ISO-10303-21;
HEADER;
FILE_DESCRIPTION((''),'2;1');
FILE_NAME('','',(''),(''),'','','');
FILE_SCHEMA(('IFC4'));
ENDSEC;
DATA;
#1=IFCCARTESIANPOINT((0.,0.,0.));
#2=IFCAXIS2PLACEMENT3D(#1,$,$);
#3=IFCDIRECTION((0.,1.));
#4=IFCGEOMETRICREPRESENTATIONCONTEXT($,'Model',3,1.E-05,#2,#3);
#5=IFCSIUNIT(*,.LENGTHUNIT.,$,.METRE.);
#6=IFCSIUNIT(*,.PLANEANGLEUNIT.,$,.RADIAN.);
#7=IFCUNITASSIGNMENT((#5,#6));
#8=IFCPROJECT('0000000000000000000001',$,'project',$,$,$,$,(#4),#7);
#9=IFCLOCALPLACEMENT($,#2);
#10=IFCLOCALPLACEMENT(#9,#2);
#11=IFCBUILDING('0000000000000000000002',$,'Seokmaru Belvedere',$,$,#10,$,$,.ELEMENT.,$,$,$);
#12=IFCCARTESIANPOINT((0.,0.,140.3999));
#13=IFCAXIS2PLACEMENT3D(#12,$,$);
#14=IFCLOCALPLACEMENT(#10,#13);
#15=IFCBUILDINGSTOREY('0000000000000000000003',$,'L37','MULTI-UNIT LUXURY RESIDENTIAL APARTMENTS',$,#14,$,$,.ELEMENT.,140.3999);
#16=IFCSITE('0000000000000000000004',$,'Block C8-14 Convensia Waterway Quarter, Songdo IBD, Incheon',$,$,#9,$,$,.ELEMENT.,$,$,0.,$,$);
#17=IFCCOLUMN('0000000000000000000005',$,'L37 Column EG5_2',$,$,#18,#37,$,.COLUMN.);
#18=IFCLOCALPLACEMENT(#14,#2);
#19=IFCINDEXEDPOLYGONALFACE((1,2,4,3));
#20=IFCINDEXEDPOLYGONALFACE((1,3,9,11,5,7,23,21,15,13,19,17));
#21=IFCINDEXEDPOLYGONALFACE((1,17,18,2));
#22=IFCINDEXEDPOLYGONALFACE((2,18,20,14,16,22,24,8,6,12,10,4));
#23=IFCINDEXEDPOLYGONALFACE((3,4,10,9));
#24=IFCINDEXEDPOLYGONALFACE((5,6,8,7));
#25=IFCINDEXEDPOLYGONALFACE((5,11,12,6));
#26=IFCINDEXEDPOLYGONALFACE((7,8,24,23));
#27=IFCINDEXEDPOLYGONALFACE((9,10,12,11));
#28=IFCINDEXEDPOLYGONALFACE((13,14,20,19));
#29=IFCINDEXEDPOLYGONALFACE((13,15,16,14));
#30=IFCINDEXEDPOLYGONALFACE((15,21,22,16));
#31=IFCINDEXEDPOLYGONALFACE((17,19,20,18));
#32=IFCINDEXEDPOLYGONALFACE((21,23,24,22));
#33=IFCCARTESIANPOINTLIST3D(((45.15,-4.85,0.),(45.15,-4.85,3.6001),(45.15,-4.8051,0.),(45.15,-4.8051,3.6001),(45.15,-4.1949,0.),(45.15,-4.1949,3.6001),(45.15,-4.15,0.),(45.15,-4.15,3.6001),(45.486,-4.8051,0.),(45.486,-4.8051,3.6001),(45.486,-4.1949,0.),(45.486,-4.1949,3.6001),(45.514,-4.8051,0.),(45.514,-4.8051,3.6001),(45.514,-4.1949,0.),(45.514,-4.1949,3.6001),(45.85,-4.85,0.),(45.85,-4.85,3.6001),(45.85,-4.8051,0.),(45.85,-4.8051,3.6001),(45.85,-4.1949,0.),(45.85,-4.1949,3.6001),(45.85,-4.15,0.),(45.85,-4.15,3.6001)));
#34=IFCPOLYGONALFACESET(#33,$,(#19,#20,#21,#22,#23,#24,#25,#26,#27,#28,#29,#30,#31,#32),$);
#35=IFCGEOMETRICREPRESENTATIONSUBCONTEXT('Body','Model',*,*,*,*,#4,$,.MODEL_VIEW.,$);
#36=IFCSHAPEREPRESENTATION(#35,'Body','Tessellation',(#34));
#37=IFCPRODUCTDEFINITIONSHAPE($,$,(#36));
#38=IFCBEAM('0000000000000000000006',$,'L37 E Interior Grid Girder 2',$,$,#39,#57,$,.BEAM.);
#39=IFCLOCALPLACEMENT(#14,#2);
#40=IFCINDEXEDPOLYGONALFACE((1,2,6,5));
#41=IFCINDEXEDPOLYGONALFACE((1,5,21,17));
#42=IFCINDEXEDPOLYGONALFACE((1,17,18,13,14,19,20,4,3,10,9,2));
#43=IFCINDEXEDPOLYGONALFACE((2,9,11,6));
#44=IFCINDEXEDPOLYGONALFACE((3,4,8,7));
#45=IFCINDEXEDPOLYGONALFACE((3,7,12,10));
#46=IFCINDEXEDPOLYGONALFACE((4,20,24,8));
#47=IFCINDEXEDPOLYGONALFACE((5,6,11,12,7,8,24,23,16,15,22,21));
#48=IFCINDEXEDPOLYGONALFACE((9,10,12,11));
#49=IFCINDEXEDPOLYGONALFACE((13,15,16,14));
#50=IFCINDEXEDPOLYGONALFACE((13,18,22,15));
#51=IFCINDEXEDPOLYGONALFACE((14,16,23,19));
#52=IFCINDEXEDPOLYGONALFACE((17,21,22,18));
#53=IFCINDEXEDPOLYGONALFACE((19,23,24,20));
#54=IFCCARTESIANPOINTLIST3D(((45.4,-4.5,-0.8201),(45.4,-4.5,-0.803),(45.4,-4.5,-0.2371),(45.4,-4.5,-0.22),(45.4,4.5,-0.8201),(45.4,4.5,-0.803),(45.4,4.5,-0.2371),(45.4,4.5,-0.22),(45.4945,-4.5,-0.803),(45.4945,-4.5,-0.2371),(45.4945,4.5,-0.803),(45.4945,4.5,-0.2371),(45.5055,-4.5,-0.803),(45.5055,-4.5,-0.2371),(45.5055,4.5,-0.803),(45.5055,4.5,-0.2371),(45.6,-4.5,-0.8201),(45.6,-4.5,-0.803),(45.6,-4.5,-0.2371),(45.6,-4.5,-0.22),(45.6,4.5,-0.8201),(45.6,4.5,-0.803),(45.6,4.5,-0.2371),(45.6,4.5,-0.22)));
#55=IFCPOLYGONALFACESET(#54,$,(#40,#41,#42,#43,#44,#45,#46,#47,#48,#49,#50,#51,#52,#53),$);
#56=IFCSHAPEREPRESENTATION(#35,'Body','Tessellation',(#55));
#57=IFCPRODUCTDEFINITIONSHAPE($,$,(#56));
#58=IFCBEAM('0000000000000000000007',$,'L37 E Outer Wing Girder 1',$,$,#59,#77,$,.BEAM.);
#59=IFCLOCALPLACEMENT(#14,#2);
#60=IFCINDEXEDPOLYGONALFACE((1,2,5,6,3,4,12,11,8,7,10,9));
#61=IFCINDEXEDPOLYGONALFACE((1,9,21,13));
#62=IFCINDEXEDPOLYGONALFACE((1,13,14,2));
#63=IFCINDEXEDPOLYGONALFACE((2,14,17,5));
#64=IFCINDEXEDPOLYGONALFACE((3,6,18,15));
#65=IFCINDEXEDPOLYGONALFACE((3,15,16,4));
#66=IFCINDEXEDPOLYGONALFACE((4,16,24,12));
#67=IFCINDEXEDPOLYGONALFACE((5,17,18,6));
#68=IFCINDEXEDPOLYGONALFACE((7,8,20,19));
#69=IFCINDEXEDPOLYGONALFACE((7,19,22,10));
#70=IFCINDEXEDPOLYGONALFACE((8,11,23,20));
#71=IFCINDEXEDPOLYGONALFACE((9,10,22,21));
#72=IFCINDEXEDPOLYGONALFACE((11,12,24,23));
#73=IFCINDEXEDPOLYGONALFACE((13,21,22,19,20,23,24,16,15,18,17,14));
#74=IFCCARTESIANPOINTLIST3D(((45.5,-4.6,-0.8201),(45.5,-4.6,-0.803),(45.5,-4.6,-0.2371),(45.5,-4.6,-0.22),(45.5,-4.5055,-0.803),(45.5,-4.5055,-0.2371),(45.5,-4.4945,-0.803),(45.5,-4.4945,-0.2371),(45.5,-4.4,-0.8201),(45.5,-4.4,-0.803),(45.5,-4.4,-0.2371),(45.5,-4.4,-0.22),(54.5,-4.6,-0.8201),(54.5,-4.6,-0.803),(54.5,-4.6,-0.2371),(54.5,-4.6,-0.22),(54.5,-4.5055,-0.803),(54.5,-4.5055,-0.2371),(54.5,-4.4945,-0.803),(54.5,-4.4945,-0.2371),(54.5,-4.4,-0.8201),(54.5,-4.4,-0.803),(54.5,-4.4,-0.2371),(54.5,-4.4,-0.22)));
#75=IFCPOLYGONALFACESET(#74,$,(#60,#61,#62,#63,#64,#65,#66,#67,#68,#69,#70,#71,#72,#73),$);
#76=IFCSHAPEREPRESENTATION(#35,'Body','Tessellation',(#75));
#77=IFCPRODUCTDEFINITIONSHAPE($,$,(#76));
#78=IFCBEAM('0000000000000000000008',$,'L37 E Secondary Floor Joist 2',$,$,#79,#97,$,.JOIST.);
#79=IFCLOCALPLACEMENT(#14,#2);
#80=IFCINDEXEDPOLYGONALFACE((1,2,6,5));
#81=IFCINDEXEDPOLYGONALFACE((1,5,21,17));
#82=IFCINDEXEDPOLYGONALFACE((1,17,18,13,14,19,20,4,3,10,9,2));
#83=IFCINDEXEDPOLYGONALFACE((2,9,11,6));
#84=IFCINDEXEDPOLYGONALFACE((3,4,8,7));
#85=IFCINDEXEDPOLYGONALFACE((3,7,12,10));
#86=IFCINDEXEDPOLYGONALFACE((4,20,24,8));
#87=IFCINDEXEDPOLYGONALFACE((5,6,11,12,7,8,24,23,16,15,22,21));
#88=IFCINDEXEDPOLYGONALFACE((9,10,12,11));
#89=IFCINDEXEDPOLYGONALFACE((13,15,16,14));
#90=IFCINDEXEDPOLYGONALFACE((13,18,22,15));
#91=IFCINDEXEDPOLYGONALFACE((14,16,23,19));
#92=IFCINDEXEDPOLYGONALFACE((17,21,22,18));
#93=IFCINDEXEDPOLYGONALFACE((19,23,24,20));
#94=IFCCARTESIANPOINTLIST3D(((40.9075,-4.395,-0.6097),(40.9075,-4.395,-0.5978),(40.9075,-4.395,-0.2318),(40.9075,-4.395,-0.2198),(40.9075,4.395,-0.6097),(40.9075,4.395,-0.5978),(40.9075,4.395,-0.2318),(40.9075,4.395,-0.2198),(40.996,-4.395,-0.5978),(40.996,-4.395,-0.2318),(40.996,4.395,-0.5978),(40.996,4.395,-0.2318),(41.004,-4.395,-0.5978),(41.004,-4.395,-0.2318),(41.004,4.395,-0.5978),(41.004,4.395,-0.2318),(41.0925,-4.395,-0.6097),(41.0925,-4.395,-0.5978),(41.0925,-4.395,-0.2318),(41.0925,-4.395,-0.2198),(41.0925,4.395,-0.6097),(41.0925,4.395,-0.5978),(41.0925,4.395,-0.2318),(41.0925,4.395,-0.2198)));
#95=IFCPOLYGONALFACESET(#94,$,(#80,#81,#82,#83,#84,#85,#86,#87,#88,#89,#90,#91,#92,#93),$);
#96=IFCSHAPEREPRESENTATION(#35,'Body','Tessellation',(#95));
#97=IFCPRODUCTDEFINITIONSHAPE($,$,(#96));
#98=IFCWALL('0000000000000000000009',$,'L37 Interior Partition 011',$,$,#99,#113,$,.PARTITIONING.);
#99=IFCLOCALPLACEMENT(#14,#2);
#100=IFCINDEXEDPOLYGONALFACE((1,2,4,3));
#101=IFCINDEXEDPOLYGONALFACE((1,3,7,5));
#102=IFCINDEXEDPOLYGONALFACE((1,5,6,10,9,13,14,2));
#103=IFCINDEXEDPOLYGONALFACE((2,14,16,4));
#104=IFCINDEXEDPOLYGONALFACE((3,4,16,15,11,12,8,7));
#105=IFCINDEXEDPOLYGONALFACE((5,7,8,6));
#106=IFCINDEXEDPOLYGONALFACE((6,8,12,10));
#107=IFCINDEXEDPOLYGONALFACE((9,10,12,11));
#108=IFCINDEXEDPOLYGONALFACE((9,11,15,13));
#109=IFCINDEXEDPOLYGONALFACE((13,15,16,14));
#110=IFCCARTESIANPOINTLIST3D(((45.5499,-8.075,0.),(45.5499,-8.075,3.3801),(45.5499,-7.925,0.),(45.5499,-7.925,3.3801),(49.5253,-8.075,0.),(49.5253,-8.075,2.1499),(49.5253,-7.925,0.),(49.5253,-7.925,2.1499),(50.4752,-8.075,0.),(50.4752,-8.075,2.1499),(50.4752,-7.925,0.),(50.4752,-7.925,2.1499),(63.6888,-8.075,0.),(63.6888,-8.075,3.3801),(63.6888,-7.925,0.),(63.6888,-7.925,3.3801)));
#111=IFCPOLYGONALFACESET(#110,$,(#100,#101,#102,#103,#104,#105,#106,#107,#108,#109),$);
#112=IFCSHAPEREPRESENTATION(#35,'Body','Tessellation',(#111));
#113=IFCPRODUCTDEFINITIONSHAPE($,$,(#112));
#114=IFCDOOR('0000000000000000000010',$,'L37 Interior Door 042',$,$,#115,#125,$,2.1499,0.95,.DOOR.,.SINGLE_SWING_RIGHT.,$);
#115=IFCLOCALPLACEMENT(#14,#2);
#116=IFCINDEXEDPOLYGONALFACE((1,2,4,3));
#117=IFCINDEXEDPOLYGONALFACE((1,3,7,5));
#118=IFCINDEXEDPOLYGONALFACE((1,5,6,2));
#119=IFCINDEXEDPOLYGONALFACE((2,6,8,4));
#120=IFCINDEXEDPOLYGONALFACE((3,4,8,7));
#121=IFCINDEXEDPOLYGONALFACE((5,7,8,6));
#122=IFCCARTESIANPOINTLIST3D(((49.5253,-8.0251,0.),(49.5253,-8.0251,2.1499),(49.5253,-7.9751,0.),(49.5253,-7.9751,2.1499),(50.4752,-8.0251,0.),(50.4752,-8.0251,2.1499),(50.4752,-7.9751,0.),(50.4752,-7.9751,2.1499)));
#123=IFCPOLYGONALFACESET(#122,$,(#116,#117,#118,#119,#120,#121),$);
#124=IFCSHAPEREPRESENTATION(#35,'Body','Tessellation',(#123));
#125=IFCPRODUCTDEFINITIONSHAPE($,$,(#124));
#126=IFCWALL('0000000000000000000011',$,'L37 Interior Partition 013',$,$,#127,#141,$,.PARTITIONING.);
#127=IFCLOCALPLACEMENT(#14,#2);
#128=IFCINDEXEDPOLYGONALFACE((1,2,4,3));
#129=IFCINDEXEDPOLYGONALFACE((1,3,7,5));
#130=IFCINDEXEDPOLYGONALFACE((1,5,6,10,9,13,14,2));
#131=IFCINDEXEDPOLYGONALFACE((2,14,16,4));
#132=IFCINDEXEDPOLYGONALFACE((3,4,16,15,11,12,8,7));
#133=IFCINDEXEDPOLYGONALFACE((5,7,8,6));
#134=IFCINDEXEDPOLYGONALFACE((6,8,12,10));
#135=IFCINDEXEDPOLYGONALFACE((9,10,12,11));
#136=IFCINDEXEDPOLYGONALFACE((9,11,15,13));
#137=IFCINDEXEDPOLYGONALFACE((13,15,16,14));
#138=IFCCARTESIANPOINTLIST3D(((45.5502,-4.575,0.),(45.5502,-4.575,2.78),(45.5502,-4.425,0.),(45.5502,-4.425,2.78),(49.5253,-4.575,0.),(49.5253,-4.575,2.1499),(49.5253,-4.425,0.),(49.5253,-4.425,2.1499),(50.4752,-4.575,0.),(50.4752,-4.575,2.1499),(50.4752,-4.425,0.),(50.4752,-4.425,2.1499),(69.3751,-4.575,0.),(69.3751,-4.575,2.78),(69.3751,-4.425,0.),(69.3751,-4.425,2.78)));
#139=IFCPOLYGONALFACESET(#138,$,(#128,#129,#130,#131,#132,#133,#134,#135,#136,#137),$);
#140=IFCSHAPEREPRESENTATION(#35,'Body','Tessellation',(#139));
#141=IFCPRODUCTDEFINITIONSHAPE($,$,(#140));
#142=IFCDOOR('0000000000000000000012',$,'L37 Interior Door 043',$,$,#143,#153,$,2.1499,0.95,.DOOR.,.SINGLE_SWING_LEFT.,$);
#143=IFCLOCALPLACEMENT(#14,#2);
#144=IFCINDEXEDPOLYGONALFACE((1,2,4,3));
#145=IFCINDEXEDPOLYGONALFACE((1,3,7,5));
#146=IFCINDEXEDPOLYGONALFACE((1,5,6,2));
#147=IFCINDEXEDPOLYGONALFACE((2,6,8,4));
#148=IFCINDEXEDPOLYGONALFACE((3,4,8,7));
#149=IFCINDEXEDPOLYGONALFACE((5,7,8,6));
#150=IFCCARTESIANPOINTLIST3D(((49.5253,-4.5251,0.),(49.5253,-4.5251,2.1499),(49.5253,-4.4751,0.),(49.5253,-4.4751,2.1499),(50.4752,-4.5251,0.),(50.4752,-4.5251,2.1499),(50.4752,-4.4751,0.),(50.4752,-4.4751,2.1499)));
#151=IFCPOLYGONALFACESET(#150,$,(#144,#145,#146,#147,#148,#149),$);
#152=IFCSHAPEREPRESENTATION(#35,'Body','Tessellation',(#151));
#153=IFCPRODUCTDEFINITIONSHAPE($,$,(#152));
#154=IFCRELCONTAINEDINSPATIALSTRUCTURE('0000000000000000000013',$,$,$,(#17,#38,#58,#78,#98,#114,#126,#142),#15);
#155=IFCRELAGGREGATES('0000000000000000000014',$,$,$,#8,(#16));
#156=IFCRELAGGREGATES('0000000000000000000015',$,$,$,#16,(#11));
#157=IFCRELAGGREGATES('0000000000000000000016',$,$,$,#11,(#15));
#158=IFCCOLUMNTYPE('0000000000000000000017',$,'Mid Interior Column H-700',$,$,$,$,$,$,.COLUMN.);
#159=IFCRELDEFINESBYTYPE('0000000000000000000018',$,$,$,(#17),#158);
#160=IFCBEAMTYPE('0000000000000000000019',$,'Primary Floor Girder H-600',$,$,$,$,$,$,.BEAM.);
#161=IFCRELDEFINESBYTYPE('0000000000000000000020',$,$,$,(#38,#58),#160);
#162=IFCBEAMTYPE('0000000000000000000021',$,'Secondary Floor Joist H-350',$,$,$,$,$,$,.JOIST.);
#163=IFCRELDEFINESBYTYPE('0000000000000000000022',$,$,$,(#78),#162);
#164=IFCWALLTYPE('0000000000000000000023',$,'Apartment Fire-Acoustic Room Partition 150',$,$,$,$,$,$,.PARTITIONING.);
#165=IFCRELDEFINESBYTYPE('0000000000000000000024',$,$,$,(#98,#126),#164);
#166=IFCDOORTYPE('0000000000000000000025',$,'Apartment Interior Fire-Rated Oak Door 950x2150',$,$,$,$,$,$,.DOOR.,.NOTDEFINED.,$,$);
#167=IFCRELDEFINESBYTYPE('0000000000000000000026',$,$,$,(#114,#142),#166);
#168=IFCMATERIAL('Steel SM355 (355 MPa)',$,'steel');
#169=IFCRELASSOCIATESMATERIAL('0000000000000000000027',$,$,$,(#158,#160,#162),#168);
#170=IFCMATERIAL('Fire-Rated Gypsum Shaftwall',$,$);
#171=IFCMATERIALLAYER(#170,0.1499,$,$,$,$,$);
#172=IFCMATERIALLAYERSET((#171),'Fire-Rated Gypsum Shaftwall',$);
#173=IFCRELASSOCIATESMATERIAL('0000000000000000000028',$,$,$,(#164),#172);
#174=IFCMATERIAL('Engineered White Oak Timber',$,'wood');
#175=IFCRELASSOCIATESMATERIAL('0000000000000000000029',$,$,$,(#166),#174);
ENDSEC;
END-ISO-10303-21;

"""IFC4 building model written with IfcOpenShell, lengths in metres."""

from ifc_helpers import new_model, si_unit, direction, frame, frame_2d, origin, origin_2d, place, context, subcontext, project, spatial, rectangle, i_section, extrude, source, transform, mapped, material, layer, layer_set, material_profile, profile_set, type_object, type_shapes, element, fill, save


model = new_model("IFC4")

# Units and contexts
model_context = context("Model", 3, precision=1e-05, world=origin(), true_north=direction((0.0, 1.0)))
body_context = subcontext(model_context, "Body", "Model", "MODEL_VIEW")
ifc_project = project(units=[si_unit("LENGTHUNIT", "METRE"), si_unit("PLANEANGLEUNIT", "RADIAN")], contexts=[model_context])

# Site, building, storey
site_placement = place(None, origin())
site = spatial("IfcSite", under=ifc_project, at=site_placement, Name="Block C8-14 Convensia Waterway Quarter, Songdo IBD, Incheon", CompositionType="ELEMENT", RefElevation=0.0)
building_placement = place(site_placement, origin())
building = spatial("IfcBuilding", under=site, at=building_placement, Name="Seokmaru Belvedere", CompositionType="ELEMENT")
storey_placement = place(building_placement, frame((0.0, 0.0, 140.3999)))
storey = spatial("IfcBuildingStorey", under=building, at=storey_placement, Name="L37", Description="MULTI-UNIT LUXURY RESIDENTIAL APARTMENTS", CompositionType="ELEMENT", Elevation=140.3999)

# Column
ifc_material_1 = material(Name="Steel SM355 (355 MPa)", Category="steel")
ifc_material_profile_1 = material_profile(ifc_material_1, i_section(OverallWidth=0.7, OverallDepth=0.7, WebThickness=0.0281, FlangeThickness=0.0449, at=origin_2d()), Name="H-700x700x28x45")
ifc_profile_set_1 = profile_set([ifc_material_profile_1], Name="Steel SM355 (355 MPa)")
column_type = type_object("IfcColumnType", Name="Mid Interior Column H-700", PredefinedType="COLUMN", material=ifc_profile_set_1)
shared_shape_1 = source(origin(), body_context, "Body", "SweptSolid", [
    extrude(i_section(OverallWidth=0.7, OverallDepth=0.7, WebThickness=0.0281, FlangeThickness=0.0449, at=origin_2d()), origin(), (0.0, 0.0, 1.0), 3.6001),
])
type_shapes(column_type, [shared_shape_1])
column_placement = place(storey_placement, frame((45.5, -4.5, 0.0), z_axis=(0.0, 0.0, 1.0), x_axis=(1.0, 0.0, 0.0)))
element("IfcColumn", 1, at=column_placement, inside=storey, type_object=column_type, Name="L37 Column EG5_2", PredefinedType="COLUMN", context=body_context, shape_type="MappedRepresentation", body=[
    mapped(shared_shape_1, transform((0.0, 0.0, 0.0), scale=1.0)),
])

# Beams
ifc_material_profile_2 = material_profile(ifc_material_1, i_section(OverallWidth=0.2, OverallDepth=0.6001, WebThickness=0.011, FlangeThickness=0.0171, at=origin_2d()), Name="H-600x200x11x17")
ifc_profile_set_2 = profile_set([ifc_material_profile_2], Name="Steel SM355 (355 MPa)")
beam_type_1 = type_object("IfcBeamType", Name="Primary Floor Girder H-600", PredefinedType="BEAM", material=ifc_profile_set_2)
shared_shape_2 = source(origin(), body_context, "Body", "SweptSolid", [
    extrude(i_section(OverallWidth=0.2, OverallDepth=0.6001, WebThickness=0.011, FlangeThickness=0.0171, at=origin_2d()), origin(), (0.0, 0.0, 1.0), 9.0),
])
type_shapes(beam_type_1, [shared_shape_2])
for number, where, z_axis, x_axis, name in (
    (2, (45.5, -4.5, -0.52), (0.0, 1.0, 0.0), (-1.0, 0.0, 0.0), "L37 E Interior Grid Girder 2"),
    (3, (45.5, -4.5, -0.52), (1.0, 0.0, 0.0), (0.0, 1.0, 0.0), "L37 E Outer Wing Girder 1"),
):
    element("IfcBeam", number, at=place(storey_placement, frame(where, z_axis=z_axis, x_axis=x_axis)), inside=storey, type_object=beam_type_1, Name=name, PredefinedType="BEAM", context=body_context, shape_type="MappedRepresentation", body=[
        mapped(shared_shape_2, transform((0.0, 0.0, 0.0), scale=1.0)),
    ])
ifc_material_profile_3 = material_profile(ifc_material_1, i_section(OverallWidth=0.1851, OverallDepth=0.3899, WebThickness=0.0081, FlangeThickness=0.012, at=origin_2d()), Name="H-390x185x8x12")
ifc_profile_set_3 = profile_set([ifc_material_profile_3], Name="Steel SM355 (355 MPa)")
beam_type_2 = type_object("IfcBeamType", Name="Secondary Floor Joist H-350", PredefinedType="JOIST", material=ifc_profile_set_3)
shared_shape_3 = source(origin(), body_context, "Body", "SweptSolid", [
    extrude(i_section(OverallWidth=0.1851, OverallDepth=0.3899, WebThickness=0.0081, FlangeThickness=0.012, at=origin_2d()), origin(), (0.0, 0.0, 1.0), 8.79),
])
type_shapes(beam_type_2, [shared_shape_3])
beam_placement = place(storey_placement, frame((41.0, -4.395, -0.4148), z_axis=(0.0, 1.0, 0.0), x_axis=(-1.0, 0.0, 0.0)))
element("IfcBeam", 4, at=beam_placement, inside=storey, type_object=beam_type_2, Name="L37 E Secondary Floor Joist 2", PredefinedType="JOIST", context=body_context, shape_type="MappedRepresentation", body=[
    mapped(shared_shape_3, transform((0.0, 0.0, 0.0), scale=1.0)),
])

# Walls, openings, doors
ifc_material_2 = material(Name="Fire-Rated Gypsum Shaftwall")
ifc_layer_1 = layer(ifc_material_2, 0.1499)
ifc_layer_set_1 = layer_set([ifc_layer_1], Name="Fire-Rated Gypsum Shaftwall")
wall_type_1 = type_object("IfcWallType", Name="Apartment Fire-Acoustic Room Partition 150", PredefinedType="PARTITIONING", material=ifc_layer_set_1)
wall_1_placement = place(storey_placement, frame((45.55, -8.0, 0.0), z_axis=(0.0, 0.0, 1.0), x_axis=(1.0, 0.0, 0.0)))
wall_1 = element("IfcWall", 5, at=wall_1_placement, inside=storey, type_object=wall_type_1, Name="L37 Interior Partition 011", PredefinedType="PARTITIONING", context=body_context, shape_type="SweptSolid", body=[
    extrude(rectangle(XDim=18.1389, YDim=0.1499, at=frame_2d((9.0693, 0.0))), origin(), (0.0, 0.0, 1.0), 3.3801),
])
opening_1_placement = place(wall_1_placement, frame((3.9751, 0.0, 0.0)))
opening_1 = element("IfcOpeningElement", 6, at=opening_1_placement, cuts=wall_1, PredefinedType="OPENING", context=body_context, shape_type="SweptSolid", body=[
    extrude(rectangle(XDim=0.95, YDim=2.1499, at=frame_2d((0.4751, 1.075))), frame((0.0, 0.085, 0.0), z_axis=(0.0, -1.0, 0.0), x_axis=(1.0, 0.0, 0.0)), (0.0, 0.0, 1.0), 0.1699),
])
ifc_material_3 = material(Name="Engineered White Oak Timber", Category="wood")
door_type_1 = type_object("IfcDoorType", Name="Apartment Interior Fire-Rated Oak Door 950x2150", OperationType="NOTDEFINED", PredefinedType="DOOR", material=ifc_material_3)
shared_shape_4 = source(origin(), body_context, "Body", "SweptSolid", [
    extrude(rectangle(XDim=0.95, YDim=2.1499, at=frame_2d((0.4751, 1.075))), frame((0.0, 0.0249, 0.0), z_axis=(0.0, -1.0, 0.0), x_axis=(1.0, 0.0, 0.0)), (0.0, 0.0, 1.0), 0.05),
])
type_shapes(door_type_1, [shared_shape_4])
door_1_placement = place(opening_1_placement, origin())
door_1 = element("IfcDoor", 7, at=door_1_placement, inside=storey, type_object=door_type_1, Name="L37 Interior Door 042", OperationType="SINGLE_SWING_RIGHT", OverallHeight=2.1499, OverallWidth=0.95, PredefinedType="DOOR", context=body_context, shape_type="MappedRepresentation", body=[
    mapped(shared_shape_4, transform((0.0, 0.0, 0.0), scale=1.0)),
])
fill(opening_1, door_1)
wall_2_placement = place(storey_placement, frame((45.55, -4.5, 0.0), z_axis=(0.0, 0.0, 1.0), x_axis=(1.0, 0.0, 0.0)))
wall_2 = element("IfcWall", 8, at=wall_2_placement, inside=storey, type_object=wall_type_1, Name="L37 Interior Partition 013", PredefinedType="PARTITIONING", context=body_context, shape_type="SweptSolid", body=[
    extrude(rectangle(XDim=23.825, YDim=0.1499, at=frame_2d((11.9126, 0.0))), origin(), (0.0, 0.0, 1.0), 2.78),
])
opening_2_placement = place(wall_2_placement, frame((3.9751, 0.0, 0.0)))
opening_2 = element("IfcOpeningElement", 9, at=opening_2_placement, cuts=wall_2, PredefinedType="OPENING", context=body_context, shape_type="SweptSolid", body=[
    extrude(rectangle(XDim=0.95, YDim=2.1499, at=frame_2d((0.4751, 1.075))), frame((0.0, 0.085, 0.0), z_axis=(0.0, -1.0, 0.0), x_axis=(1.0, 0.0, 0.0)), (0.0, 0.0, 1.0), 0.1699),
])
door_2_placement = place(opening_2_placement, origin())
door_2 = element("IfcDoor", 10, at=door_2_placement, inside=storey, type_object=door_type_1, Name="L37 Interior Door 043", OperationType="SINGLE_SWING_LEFT", OverallHeight=2.1499, OverallWidth=0.95, PredefinedType="DOOR", context=body_context, shape_type="MappedRepresentation", body=[
    mapped(shared_shape_4, transform((0.0, 0.0, 0.0), scale=1.0)),
])
fill(opening_2, door_2)

save(model, "model.ifc")
